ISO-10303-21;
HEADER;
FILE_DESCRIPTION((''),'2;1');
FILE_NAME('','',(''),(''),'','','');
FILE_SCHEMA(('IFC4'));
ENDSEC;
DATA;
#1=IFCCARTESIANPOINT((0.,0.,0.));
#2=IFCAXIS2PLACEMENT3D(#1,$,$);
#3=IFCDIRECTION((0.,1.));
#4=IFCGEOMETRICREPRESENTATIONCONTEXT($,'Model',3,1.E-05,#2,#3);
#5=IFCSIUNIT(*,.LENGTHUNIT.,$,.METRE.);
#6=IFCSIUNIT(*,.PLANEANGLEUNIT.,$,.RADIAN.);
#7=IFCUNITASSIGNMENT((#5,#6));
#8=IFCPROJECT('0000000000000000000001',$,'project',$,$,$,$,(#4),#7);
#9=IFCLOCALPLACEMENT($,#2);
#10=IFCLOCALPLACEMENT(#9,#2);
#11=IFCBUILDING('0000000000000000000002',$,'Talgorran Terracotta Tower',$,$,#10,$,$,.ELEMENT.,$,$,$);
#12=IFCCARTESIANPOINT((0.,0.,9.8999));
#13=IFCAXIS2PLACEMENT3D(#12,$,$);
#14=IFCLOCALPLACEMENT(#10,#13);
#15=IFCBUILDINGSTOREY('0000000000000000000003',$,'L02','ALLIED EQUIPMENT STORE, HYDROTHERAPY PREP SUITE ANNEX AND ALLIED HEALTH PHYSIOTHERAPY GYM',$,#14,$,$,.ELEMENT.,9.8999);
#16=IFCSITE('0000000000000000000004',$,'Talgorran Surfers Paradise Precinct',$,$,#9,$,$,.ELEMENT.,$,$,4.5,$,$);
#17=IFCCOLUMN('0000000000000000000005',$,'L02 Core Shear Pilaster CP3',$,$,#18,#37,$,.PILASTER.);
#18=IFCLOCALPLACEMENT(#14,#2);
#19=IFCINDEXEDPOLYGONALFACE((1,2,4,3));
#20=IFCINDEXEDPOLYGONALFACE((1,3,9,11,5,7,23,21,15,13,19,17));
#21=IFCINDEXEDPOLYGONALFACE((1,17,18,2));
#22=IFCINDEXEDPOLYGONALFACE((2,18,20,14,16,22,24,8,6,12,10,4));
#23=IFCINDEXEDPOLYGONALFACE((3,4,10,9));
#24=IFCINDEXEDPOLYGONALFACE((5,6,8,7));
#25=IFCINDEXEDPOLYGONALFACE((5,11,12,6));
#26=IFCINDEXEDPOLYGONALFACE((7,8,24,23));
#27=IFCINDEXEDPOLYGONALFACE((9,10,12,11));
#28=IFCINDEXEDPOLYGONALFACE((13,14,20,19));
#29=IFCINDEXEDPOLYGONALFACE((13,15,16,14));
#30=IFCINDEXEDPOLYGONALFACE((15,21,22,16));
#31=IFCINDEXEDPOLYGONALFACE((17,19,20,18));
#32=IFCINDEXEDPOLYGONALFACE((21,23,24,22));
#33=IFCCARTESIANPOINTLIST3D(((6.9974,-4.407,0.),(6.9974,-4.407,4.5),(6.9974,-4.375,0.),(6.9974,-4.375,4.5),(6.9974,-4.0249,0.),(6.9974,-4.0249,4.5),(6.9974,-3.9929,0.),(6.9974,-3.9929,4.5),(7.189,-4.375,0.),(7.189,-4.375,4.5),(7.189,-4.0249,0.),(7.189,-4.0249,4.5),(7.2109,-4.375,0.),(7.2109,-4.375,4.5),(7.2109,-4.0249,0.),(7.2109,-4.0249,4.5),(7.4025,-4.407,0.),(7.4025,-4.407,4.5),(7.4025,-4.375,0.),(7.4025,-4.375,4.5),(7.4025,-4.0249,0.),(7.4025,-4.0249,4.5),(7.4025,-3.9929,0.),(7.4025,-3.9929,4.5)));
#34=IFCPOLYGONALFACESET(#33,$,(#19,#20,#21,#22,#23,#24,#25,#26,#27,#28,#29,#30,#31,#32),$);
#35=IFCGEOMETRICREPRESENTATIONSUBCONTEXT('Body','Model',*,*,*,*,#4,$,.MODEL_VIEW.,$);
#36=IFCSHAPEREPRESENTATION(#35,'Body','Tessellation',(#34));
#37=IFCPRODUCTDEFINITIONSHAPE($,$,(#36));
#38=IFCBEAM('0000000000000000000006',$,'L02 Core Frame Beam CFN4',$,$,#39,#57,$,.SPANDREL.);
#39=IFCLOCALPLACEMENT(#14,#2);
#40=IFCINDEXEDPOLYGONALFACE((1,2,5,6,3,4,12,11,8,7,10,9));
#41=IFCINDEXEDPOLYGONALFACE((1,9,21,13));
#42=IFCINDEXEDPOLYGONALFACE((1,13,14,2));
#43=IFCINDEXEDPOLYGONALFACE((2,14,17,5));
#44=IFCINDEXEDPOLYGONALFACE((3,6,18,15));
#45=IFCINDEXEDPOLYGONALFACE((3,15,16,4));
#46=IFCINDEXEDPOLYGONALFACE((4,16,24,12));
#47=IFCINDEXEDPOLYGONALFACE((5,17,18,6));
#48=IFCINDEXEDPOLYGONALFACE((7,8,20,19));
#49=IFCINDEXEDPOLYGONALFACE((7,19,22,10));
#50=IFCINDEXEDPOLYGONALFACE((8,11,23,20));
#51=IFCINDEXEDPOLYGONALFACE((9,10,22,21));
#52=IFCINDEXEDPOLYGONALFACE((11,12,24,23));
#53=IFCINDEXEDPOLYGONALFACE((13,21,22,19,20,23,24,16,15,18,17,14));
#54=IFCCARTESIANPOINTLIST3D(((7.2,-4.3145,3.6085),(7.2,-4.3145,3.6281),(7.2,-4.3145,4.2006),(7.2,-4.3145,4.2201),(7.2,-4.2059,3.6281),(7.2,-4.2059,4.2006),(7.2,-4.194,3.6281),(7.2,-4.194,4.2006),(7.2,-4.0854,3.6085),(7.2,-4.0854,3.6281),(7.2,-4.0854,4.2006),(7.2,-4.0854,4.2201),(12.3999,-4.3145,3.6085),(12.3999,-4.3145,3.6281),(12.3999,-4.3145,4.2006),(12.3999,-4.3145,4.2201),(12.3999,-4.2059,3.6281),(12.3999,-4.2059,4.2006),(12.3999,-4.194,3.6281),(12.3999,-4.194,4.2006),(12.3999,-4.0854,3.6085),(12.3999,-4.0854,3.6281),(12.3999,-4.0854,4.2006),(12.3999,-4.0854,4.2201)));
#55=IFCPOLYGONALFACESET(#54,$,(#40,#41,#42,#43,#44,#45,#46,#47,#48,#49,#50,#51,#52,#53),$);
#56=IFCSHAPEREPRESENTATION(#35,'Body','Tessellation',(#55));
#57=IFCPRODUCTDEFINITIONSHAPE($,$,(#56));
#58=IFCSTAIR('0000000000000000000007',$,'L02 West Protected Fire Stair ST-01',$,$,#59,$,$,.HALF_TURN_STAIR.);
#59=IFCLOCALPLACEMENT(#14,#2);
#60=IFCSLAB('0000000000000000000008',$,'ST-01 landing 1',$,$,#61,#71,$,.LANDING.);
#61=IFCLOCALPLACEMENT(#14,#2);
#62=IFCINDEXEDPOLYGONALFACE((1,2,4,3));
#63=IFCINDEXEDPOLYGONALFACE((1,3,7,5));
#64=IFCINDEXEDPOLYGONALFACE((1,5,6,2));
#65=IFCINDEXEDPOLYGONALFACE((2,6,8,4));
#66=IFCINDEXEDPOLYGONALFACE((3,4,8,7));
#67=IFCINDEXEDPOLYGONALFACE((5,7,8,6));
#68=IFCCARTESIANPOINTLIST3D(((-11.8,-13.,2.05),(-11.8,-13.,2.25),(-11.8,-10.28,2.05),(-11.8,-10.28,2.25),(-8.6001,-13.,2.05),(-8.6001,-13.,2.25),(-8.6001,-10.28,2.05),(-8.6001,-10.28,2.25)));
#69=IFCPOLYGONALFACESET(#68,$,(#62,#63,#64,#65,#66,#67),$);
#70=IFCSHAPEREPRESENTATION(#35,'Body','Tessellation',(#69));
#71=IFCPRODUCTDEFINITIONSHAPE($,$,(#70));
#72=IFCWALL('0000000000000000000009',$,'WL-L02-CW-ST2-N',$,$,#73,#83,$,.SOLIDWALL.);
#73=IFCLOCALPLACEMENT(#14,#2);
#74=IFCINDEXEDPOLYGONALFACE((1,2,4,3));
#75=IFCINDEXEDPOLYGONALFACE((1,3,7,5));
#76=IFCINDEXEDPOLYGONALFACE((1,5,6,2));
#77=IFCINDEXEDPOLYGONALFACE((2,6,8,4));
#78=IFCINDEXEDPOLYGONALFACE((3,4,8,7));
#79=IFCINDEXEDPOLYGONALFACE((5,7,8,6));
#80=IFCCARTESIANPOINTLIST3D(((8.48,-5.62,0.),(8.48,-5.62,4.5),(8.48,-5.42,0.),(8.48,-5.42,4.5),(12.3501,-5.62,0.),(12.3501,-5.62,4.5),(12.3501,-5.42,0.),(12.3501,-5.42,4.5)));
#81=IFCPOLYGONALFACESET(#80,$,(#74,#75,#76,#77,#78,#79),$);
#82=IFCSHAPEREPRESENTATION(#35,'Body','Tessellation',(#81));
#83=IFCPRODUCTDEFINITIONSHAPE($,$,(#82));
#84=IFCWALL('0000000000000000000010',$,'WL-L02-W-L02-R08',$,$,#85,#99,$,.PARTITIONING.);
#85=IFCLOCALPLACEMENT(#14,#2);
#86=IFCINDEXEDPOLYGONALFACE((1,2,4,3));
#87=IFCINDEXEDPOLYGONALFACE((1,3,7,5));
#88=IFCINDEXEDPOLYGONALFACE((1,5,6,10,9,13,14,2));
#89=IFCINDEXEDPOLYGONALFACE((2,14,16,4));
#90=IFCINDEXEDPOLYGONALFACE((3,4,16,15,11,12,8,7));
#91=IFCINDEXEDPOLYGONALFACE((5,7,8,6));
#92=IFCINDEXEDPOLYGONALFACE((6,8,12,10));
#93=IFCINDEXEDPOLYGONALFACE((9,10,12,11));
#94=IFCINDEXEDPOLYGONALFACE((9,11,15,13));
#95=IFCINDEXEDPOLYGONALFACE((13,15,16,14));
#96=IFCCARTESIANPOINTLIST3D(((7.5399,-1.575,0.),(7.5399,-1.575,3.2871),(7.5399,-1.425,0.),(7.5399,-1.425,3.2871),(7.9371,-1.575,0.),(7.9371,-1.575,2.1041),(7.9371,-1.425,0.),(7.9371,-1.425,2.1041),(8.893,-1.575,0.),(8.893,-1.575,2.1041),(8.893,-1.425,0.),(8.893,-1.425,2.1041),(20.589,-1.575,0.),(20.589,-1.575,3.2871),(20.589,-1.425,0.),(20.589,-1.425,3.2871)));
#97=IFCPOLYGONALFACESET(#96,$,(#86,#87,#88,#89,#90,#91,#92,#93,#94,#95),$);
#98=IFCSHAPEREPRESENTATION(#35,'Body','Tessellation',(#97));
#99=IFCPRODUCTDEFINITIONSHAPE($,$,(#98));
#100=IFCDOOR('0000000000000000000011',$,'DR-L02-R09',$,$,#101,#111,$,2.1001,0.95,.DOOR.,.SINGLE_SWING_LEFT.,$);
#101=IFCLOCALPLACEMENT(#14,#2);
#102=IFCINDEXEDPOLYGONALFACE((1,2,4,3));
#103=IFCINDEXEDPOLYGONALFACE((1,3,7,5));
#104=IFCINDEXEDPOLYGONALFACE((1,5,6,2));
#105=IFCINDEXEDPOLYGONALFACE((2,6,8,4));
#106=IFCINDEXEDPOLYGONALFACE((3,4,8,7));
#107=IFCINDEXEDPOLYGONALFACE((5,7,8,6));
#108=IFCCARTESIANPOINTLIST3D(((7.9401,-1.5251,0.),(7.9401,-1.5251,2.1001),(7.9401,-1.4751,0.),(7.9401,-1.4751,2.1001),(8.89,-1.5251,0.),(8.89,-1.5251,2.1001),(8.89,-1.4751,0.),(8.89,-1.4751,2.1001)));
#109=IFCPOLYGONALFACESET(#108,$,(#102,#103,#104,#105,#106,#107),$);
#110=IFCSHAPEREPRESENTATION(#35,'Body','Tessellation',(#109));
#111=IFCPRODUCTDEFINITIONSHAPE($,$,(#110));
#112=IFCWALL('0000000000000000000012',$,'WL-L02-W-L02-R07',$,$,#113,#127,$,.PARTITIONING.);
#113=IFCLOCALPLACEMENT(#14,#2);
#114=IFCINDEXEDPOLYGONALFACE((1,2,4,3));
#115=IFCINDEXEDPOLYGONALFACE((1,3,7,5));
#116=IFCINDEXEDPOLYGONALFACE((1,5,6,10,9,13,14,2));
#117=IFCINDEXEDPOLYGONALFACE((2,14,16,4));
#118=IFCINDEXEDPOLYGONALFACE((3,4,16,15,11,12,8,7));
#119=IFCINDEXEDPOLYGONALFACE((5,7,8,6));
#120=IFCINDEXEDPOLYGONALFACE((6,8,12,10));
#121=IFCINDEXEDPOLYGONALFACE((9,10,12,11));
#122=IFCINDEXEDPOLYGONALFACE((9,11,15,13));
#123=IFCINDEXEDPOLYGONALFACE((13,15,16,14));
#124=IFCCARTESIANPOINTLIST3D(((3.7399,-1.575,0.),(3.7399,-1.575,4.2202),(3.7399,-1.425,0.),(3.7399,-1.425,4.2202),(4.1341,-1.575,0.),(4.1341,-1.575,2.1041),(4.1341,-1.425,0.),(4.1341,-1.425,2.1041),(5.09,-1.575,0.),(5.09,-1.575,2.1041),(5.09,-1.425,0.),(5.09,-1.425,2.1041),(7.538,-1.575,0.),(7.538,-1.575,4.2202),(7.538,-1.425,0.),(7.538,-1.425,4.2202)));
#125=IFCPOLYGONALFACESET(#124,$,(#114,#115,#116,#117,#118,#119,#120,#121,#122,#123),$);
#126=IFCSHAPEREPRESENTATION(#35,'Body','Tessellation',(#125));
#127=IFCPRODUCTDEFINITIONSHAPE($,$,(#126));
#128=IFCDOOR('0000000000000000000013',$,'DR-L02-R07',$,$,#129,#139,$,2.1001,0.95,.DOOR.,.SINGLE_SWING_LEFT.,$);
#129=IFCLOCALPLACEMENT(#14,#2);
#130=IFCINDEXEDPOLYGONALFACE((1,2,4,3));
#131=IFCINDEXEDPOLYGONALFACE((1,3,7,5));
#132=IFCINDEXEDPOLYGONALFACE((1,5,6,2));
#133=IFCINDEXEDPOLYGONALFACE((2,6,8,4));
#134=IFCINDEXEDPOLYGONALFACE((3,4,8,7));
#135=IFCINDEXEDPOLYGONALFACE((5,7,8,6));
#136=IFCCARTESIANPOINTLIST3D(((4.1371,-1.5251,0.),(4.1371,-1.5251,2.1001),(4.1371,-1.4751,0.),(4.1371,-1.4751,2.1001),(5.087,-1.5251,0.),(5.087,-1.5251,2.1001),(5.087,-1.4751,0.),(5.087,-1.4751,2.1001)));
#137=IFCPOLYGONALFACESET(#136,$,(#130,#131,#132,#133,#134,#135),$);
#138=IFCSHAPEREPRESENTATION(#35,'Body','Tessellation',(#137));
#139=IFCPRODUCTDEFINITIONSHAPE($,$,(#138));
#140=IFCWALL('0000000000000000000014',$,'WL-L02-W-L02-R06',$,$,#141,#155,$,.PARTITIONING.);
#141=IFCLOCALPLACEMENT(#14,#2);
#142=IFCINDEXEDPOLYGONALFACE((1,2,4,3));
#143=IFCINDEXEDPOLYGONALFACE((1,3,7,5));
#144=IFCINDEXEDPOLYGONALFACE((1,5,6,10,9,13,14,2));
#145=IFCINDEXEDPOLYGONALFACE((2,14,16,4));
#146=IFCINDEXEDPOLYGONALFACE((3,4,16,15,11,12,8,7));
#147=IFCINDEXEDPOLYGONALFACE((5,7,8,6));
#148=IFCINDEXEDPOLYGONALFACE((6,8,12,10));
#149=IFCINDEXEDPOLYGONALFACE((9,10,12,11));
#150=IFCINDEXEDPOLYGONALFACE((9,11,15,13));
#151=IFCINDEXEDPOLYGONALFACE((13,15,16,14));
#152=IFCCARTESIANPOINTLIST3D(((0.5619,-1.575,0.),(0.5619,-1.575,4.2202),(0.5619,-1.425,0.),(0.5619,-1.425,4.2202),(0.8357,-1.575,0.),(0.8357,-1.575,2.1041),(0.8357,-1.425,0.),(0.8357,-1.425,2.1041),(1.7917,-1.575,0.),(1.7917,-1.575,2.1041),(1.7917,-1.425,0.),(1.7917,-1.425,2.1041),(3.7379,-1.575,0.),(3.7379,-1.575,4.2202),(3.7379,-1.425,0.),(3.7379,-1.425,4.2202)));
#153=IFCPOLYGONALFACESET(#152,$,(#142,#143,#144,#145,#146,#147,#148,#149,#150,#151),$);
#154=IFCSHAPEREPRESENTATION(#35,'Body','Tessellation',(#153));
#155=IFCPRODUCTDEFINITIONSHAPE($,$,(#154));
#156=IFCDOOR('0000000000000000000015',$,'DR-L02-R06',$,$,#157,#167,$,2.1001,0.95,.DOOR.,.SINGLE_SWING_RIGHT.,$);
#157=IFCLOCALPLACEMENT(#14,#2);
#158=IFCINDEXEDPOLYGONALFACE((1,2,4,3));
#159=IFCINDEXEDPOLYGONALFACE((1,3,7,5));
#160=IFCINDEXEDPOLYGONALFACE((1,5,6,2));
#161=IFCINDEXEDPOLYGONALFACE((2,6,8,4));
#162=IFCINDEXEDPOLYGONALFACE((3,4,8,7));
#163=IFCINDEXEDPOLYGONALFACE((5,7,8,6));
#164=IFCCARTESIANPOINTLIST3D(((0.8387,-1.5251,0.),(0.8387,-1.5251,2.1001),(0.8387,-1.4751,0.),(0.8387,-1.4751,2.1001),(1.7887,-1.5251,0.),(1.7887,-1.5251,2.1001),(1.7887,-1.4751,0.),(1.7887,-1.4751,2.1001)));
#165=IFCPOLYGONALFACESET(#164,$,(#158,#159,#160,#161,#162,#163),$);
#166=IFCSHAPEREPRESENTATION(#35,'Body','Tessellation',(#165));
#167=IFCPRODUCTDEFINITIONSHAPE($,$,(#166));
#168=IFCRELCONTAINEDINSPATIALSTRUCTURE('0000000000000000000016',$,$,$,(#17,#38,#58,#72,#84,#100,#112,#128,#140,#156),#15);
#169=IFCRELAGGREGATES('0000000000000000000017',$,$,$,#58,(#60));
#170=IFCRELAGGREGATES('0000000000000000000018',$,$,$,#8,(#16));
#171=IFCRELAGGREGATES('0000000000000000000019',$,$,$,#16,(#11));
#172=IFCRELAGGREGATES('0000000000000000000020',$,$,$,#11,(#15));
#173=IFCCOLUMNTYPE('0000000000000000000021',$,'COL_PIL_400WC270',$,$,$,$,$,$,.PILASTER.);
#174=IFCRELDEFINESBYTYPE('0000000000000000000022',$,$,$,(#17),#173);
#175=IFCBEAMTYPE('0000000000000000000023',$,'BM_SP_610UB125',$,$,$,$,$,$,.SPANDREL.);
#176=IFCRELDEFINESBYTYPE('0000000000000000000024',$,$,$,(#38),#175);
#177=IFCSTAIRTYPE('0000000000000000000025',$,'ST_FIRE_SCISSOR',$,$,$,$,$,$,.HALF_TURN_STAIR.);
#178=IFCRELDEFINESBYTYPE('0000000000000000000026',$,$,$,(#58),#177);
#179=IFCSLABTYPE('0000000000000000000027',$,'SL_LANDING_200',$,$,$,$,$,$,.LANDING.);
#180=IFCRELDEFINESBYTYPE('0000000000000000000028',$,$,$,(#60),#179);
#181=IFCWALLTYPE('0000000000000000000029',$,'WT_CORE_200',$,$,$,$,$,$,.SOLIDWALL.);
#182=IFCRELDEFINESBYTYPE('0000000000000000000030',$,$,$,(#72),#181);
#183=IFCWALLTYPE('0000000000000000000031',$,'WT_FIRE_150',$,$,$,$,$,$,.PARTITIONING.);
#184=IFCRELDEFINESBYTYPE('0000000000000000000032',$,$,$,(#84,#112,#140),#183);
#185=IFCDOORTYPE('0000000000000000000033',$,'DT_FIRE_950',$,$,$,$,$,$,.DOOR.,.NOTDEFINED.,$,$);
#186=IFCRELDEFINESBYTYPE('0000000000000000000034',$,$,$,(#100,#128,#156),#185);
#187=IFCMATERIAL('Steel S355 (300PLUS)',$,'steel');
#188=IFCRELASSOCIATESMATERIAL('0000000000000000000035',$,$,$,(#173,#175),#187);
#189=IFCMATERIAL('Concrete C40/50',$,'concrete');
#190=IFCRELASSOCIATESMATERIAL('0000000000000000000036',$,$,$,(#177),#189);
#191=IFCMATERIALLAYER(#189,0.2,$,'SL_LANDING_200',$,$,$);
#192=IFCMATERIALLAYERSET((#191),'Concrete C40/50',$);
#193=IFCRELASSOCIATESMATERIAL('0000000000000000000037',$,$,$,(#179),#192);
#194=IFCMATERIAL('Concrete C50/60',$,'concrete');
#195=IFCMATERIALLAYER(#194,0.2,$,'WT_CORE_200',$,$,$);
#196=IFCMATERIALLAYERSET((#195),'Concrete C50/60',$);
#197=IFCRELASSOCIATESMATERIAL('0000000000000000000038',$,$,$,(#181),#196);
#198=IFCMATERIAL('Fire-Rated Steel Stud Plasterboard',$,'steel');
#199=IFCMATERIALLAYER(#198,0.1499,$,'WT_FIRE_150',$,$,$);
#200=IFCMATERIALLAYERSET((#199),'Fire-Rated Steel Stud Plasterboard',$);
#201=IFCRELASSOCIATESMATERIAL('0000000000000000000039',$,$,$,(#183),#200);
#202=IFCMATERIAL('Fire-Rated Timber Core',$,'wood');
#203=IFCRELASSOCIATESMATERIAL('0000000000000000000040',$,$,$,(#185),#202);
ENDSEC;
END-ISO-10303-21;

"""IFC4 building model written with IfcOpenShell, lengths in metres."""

from ifc_helpers import new_model, si_unit, direction, frame, frame_2d, origin, origin_2d, place, context, subcontext, project, spatial, polyline, rectangle, i_section, outline, extrude, material, layer, layer_set, material_profile, profile_set, type_object, element, fill, aggregate, save


model = new_model("IFC4")

# Units and contexts
model_context = context("Model", 3, precision=1e-05, world=origin(), true_north=direction((0.0, 1.0)))
body_context = subcontext(model_context, "Body", "Model", "MODEL_VIEW")
ifc_project = project(units=[si_unit("LENGTHUNIT", "METRE"), si_unit("PLANEANGLEUNIT", "RADIAN")], contexts=[model_context])

# Site, building, storey
site_placement = place(None, origin())
site = spatial("IfcSite", under=ifc_project, at=site_placement, Name="Talgorran Surfers Paradise Precinct", CompositionType="ELEMENT", RefElevation=4.5)
building_placement = place(site_placement, origin())
building = spatial("IfcBuilding", under=site, at=building_placement, Name="Talgorran Terracotta Tower", CompositionType="ELEMENT")
storey_placement = place(building_placement, frame((0.0, 0.0, 9.8999)))
storey = spatial("IfcBuildingStorey", under=building, at=storey_placement, Name="L02", Description="ALLIED EQUIPMENT STORE, HYDROTHERAPY PREP SUITE ANNEX AND ALLIED HEALTH PHYSIOTHERAPY GYM", CompositionType="ELEMENT", Elevation=9.8999)

# Column
ifc_material_1 = material(Name="Steel S355 (300PLUS)", Category="steel")
ifc_material_profile_1 = material_profile(ifc_material_1, i_section(OverallWidth=0.405, OverallDepth=0.4141, WebThickness=0.022, FlangeThickness=0.032, at=origin_2d()), Name="400WC270")
ifc_profile_set_1 = profile_set([ifc_material_profile_1], Name="Steel S355 (300PLUS)")
column_type = type_object("IfcColumnType", Name="COL_PIL_400WC270", PredefinedType="PILASTER", material=ifc_profile_set_1)
column_placement = place(storey_placement, frame((7.2, -4.2, 0.0), z_axis=(0.0, 0.0, 1.0), x_axis=(1.0, 0.0, 0.0)))
element("IfcColumn", 1, at=column_placement, inside=storey, type_object=column_type, Name="L02 Core Shear Pilaster CP3", PredefinedType="PILASTER", context=body_context, shape_type="SweptSolid", body=[
    extrude(i_section(OverallWidth=0.405, OverallDepth=0.4141, WebThickness=0.022, FlangeThickness=0.032, at=origin_2d()), origin(), (0.0, 0.0, 1.0), 4.5),
])

# Beam
ifc_material_profile_2 = material_profile(ifc_material_1, i_section(OverallWidth=0.229, OverallDepth=0.6116, WebThickness=0.012, FlangeThickness=0.0195, at=origin_2d()), Name="610UB125")
ifc_profile_set_2 = profile_set([ifc_material_profile_2], Name="Steel S355 (300PLUS)")
beam_type = type_object("IfcBeamType", Name="BM_SP_610UB125", PredefinedType="SPANDREL", material=ifc_profile_set_2)
beam_placement = place(storey_placement, frame((7.2, -4.2, 3.9143), z_axis=(1.0, 0.0, 0.0), x_axis=(0.0, 1.0, 0.0)))
element("IfcBeam", 2, at=beam_placement, inside=storey, type_object=beam_type, Name="L02 Core Frame Beam CFN4", PredefinedType="SPANDREL", context=body_context, shape_type="SweptSolid", body=[
    extrude(i_section(OverallWidth=0.229, OverallDepth=0.6116, WebThickness=0.012, FlangeThickness=0.0195, at=origin_2d()), origin(), (0.0, 0.0, 1.0), 5.2),
])

# Stair, slab
ifc_material_2 = material(Name="Concrete C40/50", Category="concrete")
stair_type = type_object("IfcStairType", Name="ST_FIRE_SCISSOR", PredefinedType="HALF_TURN_STAIR", material=ifc_material_2)
stair_1_placement = place(storey_placement, origin())
stair_1 = element("IfcStair", 3, at=stair_1_placement, inside=storey, type_object=stair_type, Name="L02 West Protected Fire Stair ST-01", PredefinedType="HALF_TURN_STAIR")
ifc_layer_1 = layer(ifc_material_2, 0.2, Name="SL_LANDING_200")
ifc_layer_set_1 = layer_set([ifc_layer_1], Name="Concrete C40/50")
slab_type = type_object("IfcSlabType", Name="SL_LANDING_200", PredefinedType="LANDING", material=ifc_layer_set_1)
slab_placement = place(storey_placement, frame((0.0, 0.0, 2.05)))
slab = element("IfcSlab", 4, at=slab_placement, type_object=slab_type, Name="ST-01 landing 1", PredefinedType="LANDING", context=body_context, shape_type="SweptSolid", body=[
    extrude(outline(polyline([(-11.8, -10.28), (-11.8, -13.0), (-8.6001, -13.0), (-8.6001, -10.28), (-11.8, -10.28)])), origin(), (0.0, 0.0, 1.0), 0.2),
])
aggregate(stair_1, [slab])

# Wall
ifc_material_3 = material(Name="Concrete C50/60", Category="concrete")
ifc_layer_2 = layer(ifc_material_3, 0.2, Name="WT_CORE_200")
ifc_layer_set_2 = layer_set([ifc_layer_2], Name="Concrete C50/60")
wall_type_1 = type_object("IfcWallType", Name="WT_CORE_200", PredefinedType="SOLIDWALL", material=ifc_layer_set_2)
wall_1_placement = place(storey_placement, frame((8.48, -5.52, 0.0), z_axis=(0.0, 0.0, 1.0), x_axis=(1.0, 0.0, 0.0)))
element("IfcWall", 5, at=wall_1_placement, inside=storey, type_object=wall_type_1, Name="WL-L02-CW-ST2-N", PredefinedType="SOLIDWALL", context=body_context, shape_type="SweptSolid", body=[
    extrude(rectangle(XDim=3.8701, YDim=0.2, at=frame_2d((1.9351, 0.0))), origin(), (0.0, 0.0, 1.0), 4.5),
])

# Walls, openings, doors
ifc_material_4 = material(Name="Fire-Rated Steel Stud Plasterboard", Category="steel")
ifc_layer_3 = layer(ifc_material_4, 0.1499, Name="WT_FIRE_150")
ifc_layer_set_3 = layer_set([ifc_layer_3], Name="Fire-Rated Steel Stud Plasterboard")
wall_type_2 = type_object("IfcWallType", Name="WT_FIRE_150", PredefinedType="PARTITIONING", material=ifc_layer_set_3)
wall_2_placement = place(storey_placement, frame((7.54, -1.5, 0.0), z_axis=(0.0, 0.0, 1.0), x_axis=(1.0, 0.0, 0.0)))
wall_2 = element("IfcWall", 6, at=wall_2_placement, inside=storey, type_object=wall_type_2, Name="WL-L02-W-L02-R08", PredefinedType="PARTITIONING", context=body_context, shape_type="SweptSolid", body=[
    extrude(rectangle(XDim=13.0491, YDim=0.1499, at=frame_2d((6.5244, 0.0))), origin(), (0.0, 0.0, 1.0), 3.2871),
])
opening_1_placement = place(wall_2_placement, frame((0.3999, 0.0, 0.0)))
opening_1 = element("IfcOpeningElement", 7, at=opening_1_placement, cuts=wall_2, PredefinedType="OPENING", context=body_context, shape_type="SweptSolid", body=[
    extrude(rectangle(XDim=0.956, YDim=2.1041, at=frame_2d((0.4751, 1.052))), frame((0.0, 0.085, 0.0), z_axis=(0.0, -1.0, 0.0), x_axis=(1.0, 0.0, 0.0)), (0.0, 0.0, 1.0), 0.1699),
])
ifc_material_5 = material(Name="Fire-Rated Timber Core", Category="wood")
door_type = type_object("IfcDoorType", Name="DT_FIRE_950", OperationType="NOTDEFINED", PredefinedType="DOOR", material=ifc_material_5)
door_1_placement = place(opening_1_placement, origin())
door_1 = element("IfcDoor", 8, at=door_1_placement, inside=storey, type_object=door_type, Name="DR-L02-R09", OperationType="SINGLE_SWING_LEFT", OverallHeight=2.1001, OverallWidth=0.95, PredefinedType="DOOR", context=body_context, shape_type="SweptSolid", body=[
    extrude(rectangle(XDim=0.95, YDim=2.1001, at=frame_2d((0.4751, 1.05))), frame((0.0, 0.0249, 0.0), z_axis=(0.0, -1.0, 0.0), x_axis=(1.0, 0.0, 0.0)), (0.0, 0.0, 1.0), 0.05),
])
fill(opening_1, door_1)
wall_3_placement = place(storey_placement, frame((3.74, -1.5, 0.0), z_axis=(0.0, 0.0, 1.0), x_axis=(1.0, 0.0, 0.0)))
wall_3 = element("IfcWall", 9, at=wall_3_placement, inside=storey, type_object=wall_type_2, Name="WL-L02-W-L02-R07", PredefinedType="PARTITIONING", context=body_context, shape_type="SweptSolid", body=[
    extrude(rectangle(XDim=3.7981, YDim=0.1499, at=frame_2d((1.8989, 0.0))), origin(), (0.0, 0.0, 1.0), 4.2202),
])
opening_2_placement = place(wall_3_placement, frame((0.397, 0.0, 0.0)))
opening_2 = element("IfcOpeningElement", 10, at=opening_2_placement, cuts=wall_3, PredefinedType="OPENING", context=body_context, shape_type="SweptSolid", body=[
    extrude(rectangle(XDim=0.956, YDim=2.1041, at=frame_2d((0.4751, 1.052))), frame((0.0, 0.085, 0.0), z_axis=(0.0, -1.0, 0.0), x_axis=(1.0, 0.0, 0.0)), (0.0, 0.0, 1.0), 0.1699),
])
door_2_placement = place(opening_2_placement, origin())
door_2 = element("IfcDoor", 11, at=door_2_placement, inside=storey, type_object=door_type, Name="DR-L02-R07", OperationType="SINGLE_SWING_LEFT", OverallHeight=2.1001, OverallWidth=0.95, PredefinedType="DOOR", context=body_context, shape_type="SweptSolid", body=[
    extrude(rectangle(XDim=0.95, YDim=2.1001, at=frame_2d((0.4751, 1.05))), frame((0.0, 0.0249, 0.0), z_axis=(0.0, -1.0, 0.0), x_axis=(1.0, 0.0, 0.0)), (0.0, 0.0, 1.0), 0.05),
])
fill(opening_2, door_2)
wall_4_placement = place(storey_placement, frame((0.562, -1.5, 0.0), z_axis=(0.0, 0.0, 1.0), x_axis=(1.0, 0.0, 0.0)))
wall_4 = element("IfcWall", 12, at=wall_4_placement, inside=storey, type_object=wall_type_2, Name="WL-L02-W-L02-R06", PredefinedType="PARTITIONING", context=body_context, shape_type="SweptSolid", body=[
    extrude(rectangle(XDim=3.176, YDim=0.1499, at=frame_2d((1.5879, 0.0))), origin(), (0.0, 0.0, 1.0), 4.2202),
])
opening_3_placement = place(wall_4_placement, frame((0.2766, 0.0, 0.0)))
opening_3 = element("IfcOpeningElement", 13, at=opening_3_placement, cuts=wall_4, PredefinedType="OPENING", context=body_context, shape_type="SweptSolid", body=[
    extrude(rectangle(XDim=0.956, YDim=2.1041, at=frame_2d((0.4751, 1.052))), frame((0.0, 0.085, 0.0), z_axis=(0.0, -1.0, 0.0), x_axis=(1.0, 0.0, 0.0)), (0.0, 0.0, 1.0), 0.1699),
])
door_3_placement = place(opening_3_placement, origin())
door_3 = element("IfcDoor", 14, at=door_3_placement, inside=storey, type_object=door_type, Name="DR-L02-R06", OperationType="SINGLE_SWING_RIGHT", OverallHeight=2.1001, OverallWidth=0.95, PredefinedType="DOOR", context=body_context, shape_type="SweptSolid", body=[
    extrude(rectangle(XDim=0.95, YDim=2.1001, at=frame_2d((0.4751, 1.05))), frame((0.0, 0.0249, 0.0), z_axis=(0.0, -1.0, 0.0), x_axis=(1.0, 0.0, 0.0)), (0.0, 0.0, 1.0), 0.05),
])
fill(opening_3, door_3)

save(model, "model.ifc")
